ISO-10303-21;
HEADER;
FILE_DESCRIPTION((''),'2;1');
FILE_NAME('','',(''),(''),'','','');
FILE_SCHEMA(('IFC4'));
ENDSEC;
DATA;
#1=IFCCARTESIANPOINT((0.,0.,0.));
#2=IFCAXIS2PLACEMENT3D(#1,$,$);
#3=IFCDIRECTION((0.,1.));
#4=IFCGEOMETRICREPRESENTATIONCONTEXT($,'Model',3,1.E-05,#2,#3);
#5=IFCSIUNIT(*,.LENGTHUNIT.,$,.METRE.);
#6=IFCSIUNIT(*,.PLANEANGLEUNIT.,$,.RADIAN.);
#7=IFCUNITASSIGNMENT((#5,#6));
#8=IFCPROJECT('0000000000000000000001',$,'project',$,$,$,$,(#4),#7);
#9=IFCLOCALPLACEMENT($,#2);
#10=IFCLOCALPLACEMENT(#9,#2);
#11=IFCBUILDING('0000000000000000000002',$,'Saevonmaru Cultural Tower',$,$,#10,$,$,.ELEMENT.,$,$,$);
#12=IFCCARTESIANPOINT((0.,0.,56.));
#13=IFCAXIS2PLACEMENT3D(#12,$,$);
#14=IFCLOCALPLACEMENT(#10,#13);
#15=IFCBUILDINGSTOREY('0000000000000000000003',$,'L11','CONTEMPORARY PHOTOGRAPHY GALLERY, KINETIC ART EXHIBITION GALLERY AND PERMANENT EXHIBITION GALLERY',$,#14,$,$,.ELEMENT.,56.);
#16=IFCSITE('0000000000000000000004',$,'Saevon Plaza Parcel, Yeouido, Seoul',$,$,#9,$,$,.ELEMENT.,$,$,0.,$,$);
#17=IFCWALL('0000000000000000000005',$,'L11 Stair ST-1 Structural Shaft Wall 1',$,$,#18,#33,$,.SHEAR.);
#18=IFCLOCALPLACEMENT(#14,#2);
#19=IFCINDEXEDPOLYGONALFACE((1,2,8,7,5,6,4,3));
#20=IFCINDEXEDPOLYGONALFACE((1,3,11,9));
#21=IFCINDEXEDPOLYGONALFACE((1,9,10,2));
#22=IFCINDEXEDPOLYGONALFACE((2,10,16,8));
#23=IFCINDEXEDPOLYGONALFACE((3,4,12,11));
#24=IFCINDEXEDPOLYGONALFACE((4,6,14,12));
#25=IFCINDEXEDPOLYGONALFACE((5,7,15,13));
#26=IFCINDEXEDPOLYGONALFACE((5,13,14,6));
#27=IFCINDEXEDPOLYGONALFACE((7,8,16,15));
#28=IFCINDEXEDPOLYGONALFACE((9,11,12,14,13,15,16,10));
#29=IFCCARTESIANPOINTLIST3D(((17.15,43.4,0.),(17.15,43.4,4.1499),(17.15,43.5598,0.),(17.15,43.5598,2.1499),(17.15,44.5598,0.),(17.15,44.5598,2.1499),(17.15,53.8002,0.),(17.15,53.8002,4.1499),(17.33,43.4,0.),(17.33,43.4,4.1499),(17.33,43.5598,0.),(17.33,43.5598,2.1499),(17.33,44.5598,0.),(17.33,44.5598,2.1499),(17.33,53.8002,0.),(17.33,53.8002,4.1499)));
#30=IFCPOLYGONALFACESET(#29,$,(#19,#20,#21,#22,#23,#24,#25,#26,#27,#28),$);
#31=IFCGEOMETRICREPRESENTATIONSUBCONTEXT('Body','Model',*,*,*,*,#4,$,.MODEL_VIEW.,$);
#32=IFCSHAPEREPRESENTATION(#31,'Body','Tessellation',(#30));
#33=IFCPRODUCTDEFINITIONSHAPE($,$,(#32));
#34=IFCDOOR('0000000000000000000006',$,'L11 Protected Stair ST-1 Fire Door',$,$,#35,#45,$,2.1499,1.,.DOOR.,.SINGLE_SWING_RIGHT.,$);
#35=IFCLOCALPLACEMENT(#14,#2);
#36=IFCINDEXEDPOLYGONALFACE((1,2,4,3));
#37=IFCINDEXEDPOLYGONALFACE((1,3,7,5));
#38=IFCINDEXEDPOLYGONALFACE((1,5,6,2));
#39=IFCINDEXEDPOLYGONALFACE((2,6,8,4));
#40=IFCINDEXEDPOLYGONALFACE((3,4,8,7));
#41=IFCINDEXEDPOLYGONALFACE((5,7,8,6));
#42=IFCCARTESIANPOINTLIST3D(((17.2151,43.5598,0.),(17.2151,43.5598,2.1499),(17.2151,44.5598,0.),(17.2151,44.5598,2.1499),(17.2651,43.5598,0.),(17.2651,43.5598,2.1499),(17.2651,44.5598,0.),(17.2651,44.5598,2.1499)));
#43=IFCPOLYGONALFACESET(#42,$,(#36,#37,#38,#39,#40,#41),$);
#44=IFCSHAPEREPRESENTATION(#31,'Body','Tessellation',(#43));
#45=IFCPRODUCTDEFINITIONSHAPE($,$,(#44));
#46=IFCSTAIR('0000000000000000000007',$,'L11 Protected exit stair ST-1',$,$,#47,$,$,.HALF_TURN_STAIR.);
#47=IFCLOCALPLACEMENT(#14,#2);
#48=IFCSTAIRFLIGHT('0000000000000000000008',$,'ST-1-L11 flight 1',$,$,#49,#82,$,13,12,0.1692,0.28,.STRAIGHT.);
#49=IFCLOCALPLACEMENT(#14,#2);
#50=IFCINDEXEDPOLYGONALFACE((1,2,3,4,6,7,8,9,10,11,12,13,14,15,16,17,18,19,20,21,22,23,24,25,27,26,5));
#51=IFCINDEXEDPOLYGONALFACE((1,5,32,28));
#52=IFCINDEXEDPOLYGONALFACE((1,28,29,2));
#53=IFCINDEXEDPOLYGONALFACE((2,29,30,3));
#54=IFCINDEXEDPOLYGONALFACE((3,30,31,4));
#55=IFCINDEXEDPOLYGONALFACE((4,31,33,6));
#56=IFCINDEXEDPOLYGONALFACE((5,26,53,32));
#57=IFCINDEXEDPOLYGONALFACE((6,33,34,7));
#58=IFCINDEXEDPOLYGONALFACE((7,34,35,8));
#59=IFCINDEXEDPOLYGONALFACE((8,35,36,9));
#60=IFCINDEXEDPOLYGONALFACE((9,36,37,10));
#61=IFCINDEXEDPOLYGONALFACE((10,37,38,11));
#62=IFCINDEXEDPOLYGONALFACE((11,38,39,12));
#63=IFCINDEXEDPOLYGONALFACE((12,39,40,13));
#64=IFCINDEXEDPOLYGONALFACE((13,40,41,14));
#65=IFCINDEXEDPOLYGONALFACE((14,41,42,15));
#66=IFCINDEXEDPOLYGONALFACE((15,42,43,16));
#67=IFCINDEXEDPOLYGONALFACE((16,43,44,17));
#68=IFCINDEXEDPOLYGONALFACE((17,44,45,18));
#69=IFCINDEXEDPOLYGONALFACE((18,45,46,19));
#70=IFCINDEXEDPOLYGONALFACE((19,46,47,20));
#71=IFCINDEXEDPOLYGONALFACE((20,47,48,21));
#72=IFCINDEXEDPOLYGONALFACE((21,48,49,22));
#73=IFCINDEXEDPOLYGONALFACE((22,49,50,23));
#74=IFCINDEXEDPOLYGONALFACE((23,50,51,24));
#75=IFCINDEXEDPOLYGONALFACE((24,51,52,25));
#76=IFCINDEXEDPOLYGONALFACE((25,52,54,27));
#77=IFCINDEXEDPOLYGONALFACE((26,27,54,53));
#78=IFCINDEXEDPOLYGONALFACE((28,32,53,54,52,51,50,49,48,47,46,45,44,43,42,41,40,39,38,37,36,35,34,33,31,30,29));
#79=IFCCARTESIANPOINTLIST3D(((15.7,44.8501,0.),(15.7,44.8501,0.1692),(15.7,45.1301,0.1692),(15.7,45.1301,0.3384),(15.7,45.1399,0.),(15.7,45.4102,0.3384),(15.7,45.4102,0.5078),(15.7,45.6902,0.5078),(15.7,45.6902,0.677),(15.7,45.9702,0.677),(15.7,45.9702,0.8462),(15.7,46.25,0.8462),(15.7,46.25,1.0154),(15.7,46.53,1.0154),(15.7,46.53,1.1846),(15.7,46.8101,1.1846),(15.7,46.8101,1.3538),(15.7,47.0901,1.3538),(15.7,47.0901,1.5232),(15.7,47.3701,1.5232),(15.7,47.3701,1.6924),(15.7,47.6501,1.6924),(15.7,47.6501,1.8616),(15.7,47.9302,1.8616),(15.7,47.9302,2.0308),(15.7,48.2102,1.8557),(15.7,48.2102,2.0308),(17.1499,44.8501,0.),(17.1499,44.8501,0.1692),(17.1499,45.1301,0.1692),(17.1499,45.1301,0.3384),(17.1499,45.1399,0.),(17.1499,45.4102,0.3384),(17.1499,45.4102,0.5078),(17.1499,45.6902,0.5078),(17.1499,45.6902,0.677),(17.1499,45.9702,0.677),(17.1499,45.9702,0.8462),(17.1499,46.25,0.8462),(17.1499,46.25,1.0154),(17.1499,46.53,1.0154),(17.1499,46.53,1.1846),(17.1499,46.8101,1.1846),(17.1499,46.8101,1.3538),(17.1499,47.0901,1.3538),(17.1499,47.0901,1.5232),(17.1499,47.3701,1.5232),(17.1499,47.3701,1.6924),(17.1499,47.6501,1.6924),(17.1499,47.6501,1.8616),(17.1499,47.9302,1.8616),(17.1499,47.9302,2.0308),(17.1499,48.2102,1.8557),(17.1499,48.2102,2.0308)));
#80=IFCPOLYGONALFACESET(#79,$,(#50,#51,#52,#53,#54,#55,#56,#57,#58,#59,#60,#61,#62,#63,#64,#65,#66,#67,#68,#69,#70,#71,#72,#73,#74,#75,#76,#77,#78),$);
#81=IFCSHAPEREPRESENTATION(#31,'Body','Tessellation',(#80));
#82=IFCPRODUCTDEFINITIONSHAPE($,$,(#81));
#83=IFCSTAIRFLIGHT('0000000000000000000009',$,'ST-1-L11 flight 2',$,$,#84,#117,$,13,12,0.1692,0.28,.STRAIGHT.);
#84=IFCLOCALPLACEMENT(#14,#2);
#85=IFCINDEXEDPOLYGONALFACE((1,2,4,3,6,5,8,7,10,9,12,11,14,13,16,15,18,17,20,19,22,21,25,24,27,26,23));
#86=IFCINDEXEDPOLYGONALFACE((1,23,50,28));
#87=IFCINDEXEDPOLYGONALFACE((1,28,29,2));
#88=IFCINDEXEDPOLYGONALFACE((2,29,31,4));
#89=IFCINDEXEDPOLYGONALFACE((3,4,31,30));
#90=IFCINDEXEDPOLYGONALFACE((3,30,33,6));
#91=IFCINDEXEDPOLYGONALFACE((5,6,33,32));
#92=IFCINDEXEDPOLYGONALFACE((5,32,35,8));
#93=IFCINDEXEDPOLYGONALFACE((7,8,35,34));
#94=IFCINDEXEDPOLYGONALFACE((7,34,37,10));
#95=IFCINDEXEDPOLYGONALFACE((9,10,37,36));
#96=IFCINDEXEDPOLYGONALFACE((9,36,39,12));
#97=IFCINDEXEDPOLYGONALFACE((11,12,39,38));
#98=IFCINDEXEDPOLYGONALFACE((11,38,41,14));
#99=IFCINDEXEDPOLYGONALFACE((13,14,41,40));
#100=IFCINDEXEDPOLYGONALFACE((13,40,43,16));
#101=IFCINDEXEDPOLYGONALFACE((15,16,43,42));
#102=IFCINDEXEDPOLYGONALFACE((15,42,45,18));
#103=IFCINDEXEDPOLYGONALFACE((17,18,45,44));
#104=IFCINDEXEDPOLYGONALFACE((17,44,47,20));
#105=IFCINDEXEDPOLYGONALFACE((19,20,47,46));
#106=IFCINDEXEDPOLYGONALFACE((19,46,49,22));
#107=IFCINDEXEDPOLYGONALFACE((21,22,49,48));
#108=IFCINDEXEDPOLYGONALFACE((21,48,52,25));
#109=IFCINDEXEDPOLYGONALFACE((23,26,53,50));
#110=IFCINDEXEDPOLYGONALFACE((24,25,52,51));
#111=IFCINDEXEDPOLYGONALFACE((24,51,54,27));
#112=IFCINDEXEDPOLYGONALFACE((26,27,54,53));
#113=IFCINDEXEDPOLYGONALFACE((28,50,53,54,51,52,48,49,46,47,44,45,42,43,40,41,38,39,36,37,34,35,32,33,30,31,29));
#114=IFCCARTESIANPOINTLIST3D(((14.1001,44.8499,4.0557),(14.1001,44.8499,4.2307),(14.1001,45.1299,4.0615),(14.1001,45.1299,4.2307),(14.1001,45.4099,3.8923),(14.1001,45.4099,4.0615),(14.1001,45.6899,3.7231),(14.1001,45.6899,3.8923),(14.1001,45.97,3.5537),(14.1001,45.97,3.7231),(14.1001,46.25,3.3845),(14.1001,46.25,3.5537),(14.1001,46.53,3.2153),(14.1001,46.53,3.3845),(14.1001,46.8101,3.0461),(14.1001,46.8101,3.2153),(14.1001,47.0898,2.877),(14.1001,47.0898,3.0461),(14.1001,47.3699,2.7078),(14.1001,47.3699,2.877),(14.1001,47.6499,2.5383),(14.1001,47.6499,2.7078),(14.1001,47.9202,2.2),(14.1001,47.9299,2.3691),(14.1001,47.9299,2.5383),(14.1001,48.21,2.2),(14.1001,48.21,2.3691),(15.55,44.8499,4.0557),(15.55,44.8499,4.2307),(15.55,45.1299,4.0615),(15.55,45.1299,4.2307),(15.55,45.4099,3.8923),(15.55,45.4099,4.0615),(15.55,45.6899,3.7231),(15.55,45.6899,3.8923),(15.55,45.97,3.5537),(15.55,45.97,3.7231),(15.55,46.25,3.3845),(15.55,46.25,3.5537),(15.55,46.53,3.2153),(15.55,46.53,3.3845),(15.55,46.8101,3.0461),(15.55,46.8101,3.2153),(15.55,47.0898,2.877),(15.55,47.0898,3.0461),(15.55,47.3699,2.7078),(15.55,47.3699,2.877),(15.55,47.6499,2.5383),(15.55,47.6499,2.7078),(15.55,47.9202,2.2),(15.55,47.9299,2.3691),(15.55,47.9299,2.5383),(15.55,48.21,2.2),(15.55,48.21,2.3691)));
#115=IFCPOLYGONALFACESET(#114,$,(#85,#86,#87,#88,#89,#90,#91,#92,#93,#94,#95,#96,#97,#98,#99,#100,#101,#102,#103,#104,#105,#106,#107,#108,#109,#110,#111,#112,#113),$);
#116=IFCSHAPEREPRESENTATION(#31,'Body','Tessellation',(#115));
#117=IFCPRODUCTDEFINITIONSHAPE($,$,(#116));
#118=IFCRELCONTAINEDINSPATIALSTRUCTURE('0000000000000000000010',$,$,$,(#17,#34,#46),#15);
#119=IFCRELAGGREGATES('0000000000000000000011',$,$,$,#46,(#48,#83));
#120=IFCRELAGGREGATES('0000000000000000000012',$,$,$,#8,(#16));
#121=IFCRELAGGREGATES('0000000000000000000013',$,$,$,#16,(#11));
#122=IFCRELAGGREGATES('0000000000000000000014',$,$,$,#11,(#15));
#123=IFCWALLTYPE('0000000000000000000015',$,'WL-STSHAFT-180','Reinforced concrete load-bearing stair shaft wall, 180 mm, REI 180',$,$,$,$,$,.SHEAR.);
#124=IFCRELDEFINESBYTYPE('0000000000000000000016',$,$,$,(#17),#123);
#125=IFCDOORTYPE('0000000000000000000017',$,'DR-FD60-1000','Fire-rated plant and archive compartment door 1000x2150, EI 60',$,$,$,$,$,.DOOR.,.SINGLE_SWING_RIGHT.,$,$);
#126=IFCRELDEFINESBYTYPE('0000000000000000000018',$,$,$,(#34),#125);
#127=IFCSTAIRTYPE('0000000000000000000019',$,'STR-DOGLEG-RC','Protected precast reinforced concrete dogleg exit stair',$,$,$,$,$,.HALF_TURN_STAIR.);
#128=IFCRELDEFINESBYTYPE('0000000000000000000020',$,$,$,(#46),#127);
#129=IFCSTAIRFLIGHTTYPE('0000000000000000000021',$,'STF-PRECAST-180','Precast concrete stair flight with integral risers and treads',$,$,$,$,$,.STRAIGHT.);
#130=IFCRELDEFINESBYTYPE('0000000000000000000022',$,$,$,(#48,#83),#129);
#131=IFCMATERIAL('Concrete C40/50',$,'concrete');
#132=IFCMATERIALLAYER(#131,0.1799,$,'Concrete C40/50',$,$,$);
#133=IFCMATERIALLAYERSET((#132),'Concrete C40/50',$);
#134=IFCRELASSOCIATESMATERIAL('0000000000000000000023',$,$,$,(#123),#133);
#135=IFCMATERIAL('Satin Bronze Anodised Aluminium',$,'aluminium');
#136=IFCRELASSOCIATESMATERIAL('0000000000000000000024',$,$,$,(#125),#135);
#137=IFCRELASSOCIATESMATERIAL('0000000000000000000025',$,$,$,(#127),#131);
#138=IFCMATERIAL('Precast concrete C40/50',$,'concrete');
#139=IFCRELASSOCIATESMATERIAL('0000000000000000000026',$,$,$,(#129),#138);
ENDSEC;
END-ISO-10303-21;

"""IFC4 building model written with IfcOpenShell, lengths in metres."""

from ifc_helpers import new_model, si_unit, direction, frame, frame_2d, origin, place, context, subcontext, project, spatial, polyline, rectangle, outline, extrude, material, layer, layer_set, type_object, element, fill, aggregate, save


model = new_model("IFC4")

# Units and contexts
model_context = context("Model", 3, precision=1e-05, world=origin(), true_north=direction((0.0, 1.0)))
body_context = subcontext(model_context, "Body", "Model", "MODEL_VIEW")
ifc_project = project(units=[si_unit("LENGTHUNIT", "METRE"), si_unit("PLANEANGLEUNIT", "RADIAN")], contexts=[model_context])

# Site, building, storey
site_placement = place(None, origin())
site = spatial("IfcSite", under=ifc_project, at=site_placement, Name="Saevon Plaza Parcel, Yeouido, Seoul", CompositionType="ELEMENT", RefElevation=0.0)
building_placement = place(site_placement, origin())
building = spatial("IfcBuilding", under=site, at=building_placement, Name="Saevonmaru Cultural Tower", CompositionType="ELEMENT")
storey_placement = place(building_placement, frame((0.0, 0.0, 56.0)))
storey = spatial("IfcBuildingStorey", under=building, at=storey_placement, Name="L11", Description="CONTEMPORARY PHOTOGRAPHY GALLERY, KINETIC ART EXHIBITION GALLERY AND PERMANENT EXHIBITION GALLERY", CompositionType="ELEMENT", Elevation=56.0)

# Shared definitions
ifc_material_1 = material(Name="Satin Bronze Anodised Aluminium", Category="aluminium")

# Wall, opening, door
ifc_material_2 = material(Name="Concrete C40/50", Category="concrete")
ifc_layer_1 = layer(ifc_material_2, 0.1799, Name="Concrete C40/50")
ifc_layer_set_1 = layer_set([ifc_layer_1], Name="Concrete C40/50")
wall_type_1 = type_object("IfcWallType", Name="WL-STSHAFT-180", Description="Reinforced concrete load-bearing stair shaft wall, 180 mm, REI 180", PredefinedType="SHEAR", material=ifc_layer_set_1)
wall_1_placement = place(storey_placement, frame((17.24, 43.3999, 0.0), z_axis=(0.0, 0.0, 1.0), x_axis=(0.0, 1.0, 0.0)))
wall_1 = element("IfcWall", 1, at=wall_1_placement, inside=storey, type_object=wall_type_1, Name="L11 Stair ST-1 Structural Shaft Wall 1", PredefinedType="SHEAR", context=body_context, shape_type="SweptSolid", body=[
    extrude(rectangle(XDim=10.4001, YDim=0.1799, at=frame_2d((5.2002, 0.0))), origin(), (0.0, 0.0, 1.0), 4.1499),
])
opening_1_placement = place(wall_1_placement, frame((0.1599, 0.0, 0.0)))
opening_1 = element("IfcOpeningElement", 2, at=opening_1_placement, cuts=wall_1, PredefinedType="OPENING", context=body_context, shape_type="SweptSolid", body=[
    extrude(rectangle(XDim=1.0, YDim=2.1499, at=frame_2d((0.5, 1.075))), frame((0.0, 0.1001, 0.0), z_axis=(0.0, -1.0, 0.0), x_axis=(1.0, 0.0, 0.0)), (0.0, 0.0, 1.0), 0.2),
])
door_type_1 = type_object("IfcDoorType", Name="DR-FD60-1000", Description="Fire-rated plant and archive compartment door 1000x2150, EI 60", OperationType="SINGLE_SWING_RIGHT", PredefinedType="DOOR", material=ifc_material_1)
door_1_placement = place(opening_1_placement, origin())
door_1 = element("IfcDoor", 3, at=door_1_placement, inside=storey, type_object=door_type_1, Name="L11 Protected Stair ST-1 Fire Door", OperationType="SINGLE_SWING_RIGHT", OverallHeight=2.1499, OverallWidth=1.0, PredefinedType="DOOR", context=body_context, shape_type="SweptSolid", body=[
    extrude(rectangle(XDim=1.0, YDim=2.1499, at=frame_2d((0.5, 1.075))), frame((0.0, 0.0249, 0.0), z_axis=(0.0, -1.0, 0.0), x_axis=(1.0, 0.0, 0.0)), (0.0, 0.0, 1.0), 0.05),
])
fill(opening_1, door_1)

# Stair, stair flights
stair_type = type_object("IfcStairType", Name="STR-DOGLEG-RC", Description="Protected precast reinforced concrete dogleg exit stair", PredefinedType="HALF_TURN_STAIR", material=ifc_material_2)
stair_placement = place(storey_placement, origin())
stair = element("IfcStair", 4, at=stair_placement, inside=storey, type_object=stair_type, Name="L11 Protected exit stair ST-1", PredefinedType="HALF_TURN_STAIR")
ifc_material_3 = material(Name="Precast concrete C40/50", Category="concrete")
stair_flight_type = type_object("IfcStairFlightType", Name="STF-PRECAST-180", Description="Precast concrete stair flight with integral risers and treads", PredefinedType="STRAIGHT", material=ifc_material_3)
stair_flight_1_placement = place(storey_placement, frame((16.425, 44.8501, 0.0), z_axis=(0.0, 0.0, 1.0), x_axis=(0.0, 1.0, 0.0)))
stair_flight_1 = element("IfcStairFlight", 5, at=stair_flight_1_placement, type_object=stair_flight_type, Name="ST-1-L11 flight 1", NumberOfRisers=13, NumberOfTreads=12, PredefinedType="STRAIGHT", RiserHeight=0.1692, TreadLength=0.28, context=body_context, shape_type="SweptSolid", body=[
    extrude(outline(polyline([(0.0, 0.0), (0.0, 0.1692), (0.28, 0.1692), (0.28, 0.3384), (0.5601, 0.3384), (0.5601, 0.5078), (0.8401, 0.5078), (0.8401, 0.677), (1.1201, 0.677), (1.1201, 0.8462), (1.3999, 0.8462), (1.3999, 1.0154), (1.6799, 1.0154), (1.6799, 1.1846), (1.96, 1.1846), (1.96, 1.3538), (2.24, 1.3538), (2.24, 1.5232), (2.52, 1.5232), (2.52, 1.6924), (2.8, 1.6924), (2.8, 1.8616), (3.0801, 1.8616), (3.0801, 2.0308), (3.3601, 2.0308), (3.3601, 2.2), (3.3601, 1.8557), (0.2898, 0.0), (0.0, 0.0)])), frame((0.0, 0.7251, 0.0), z_axis=(0.0, -1.0, 0.0), x_axis=(1.0, 0.0, 0.0)), (0.0, 0.0, 1.0), 1.45),
])
stair_flight_2_placement = place(storey_placement, frame((14.825, 48.21, 2.2), z_axis=(0.0, 0.0, 1.0), x_axis=(0.0, -1.0, 0.0)))
stair_flight_2 = element("IfcStairFlight", 6, at=stair_flight_2_placement, type_object=stair_flight_type, Name="ST-1-L11 flight 2", NumberOfRisers=13, NumberOfTreads=12, PredefinedType="STRAIGHT", RiserHeight=0.1692, TreadLength=0.28, context=body_context, shape_type="SweptSolid", body=[
    extrude(outline(polyline([(0.0, 0.0), (0.0, 0.1692), (0.28, 0.1692), (0.28, 0.3384), (0.5601, 0.3384), (0.5601, 0.5078), (0.8401, 0.5078), (0.8401, 0.677), (1.1201, 0.677), (1.1201, 0.8462), (1.3999, 0.8462), (1.3999, 1.0154), (1.6799, 1.0154), (1.6799, 1.1846), (1.96, 1.1846), (1.96, 1.3538), (2.24, 1.3538), (2.24, 1.5232), (2.52, 1.5232), (2.52, 1.6924), (2.8, 1.6924), (2.8, 1.8616), (3.0801, 1.8616), (3.0801, 2.0308), (3.3601, 2.0308), (3.3601, 2.2), (3.3601, 1.8557), (0.2898, 0.0), (0.0, 0.0)])), frame((0.0, 0.7251, 0.0), z_axis=(0.0, -1.0, 0.0), x_axis=(1.0, 0.0, 0.0)), (0.0, 0.0, 1.0), 1.45),
])
aggregate(stair, [stair_flight_1, stair_flight_2])

save(model, "model.ifc")
